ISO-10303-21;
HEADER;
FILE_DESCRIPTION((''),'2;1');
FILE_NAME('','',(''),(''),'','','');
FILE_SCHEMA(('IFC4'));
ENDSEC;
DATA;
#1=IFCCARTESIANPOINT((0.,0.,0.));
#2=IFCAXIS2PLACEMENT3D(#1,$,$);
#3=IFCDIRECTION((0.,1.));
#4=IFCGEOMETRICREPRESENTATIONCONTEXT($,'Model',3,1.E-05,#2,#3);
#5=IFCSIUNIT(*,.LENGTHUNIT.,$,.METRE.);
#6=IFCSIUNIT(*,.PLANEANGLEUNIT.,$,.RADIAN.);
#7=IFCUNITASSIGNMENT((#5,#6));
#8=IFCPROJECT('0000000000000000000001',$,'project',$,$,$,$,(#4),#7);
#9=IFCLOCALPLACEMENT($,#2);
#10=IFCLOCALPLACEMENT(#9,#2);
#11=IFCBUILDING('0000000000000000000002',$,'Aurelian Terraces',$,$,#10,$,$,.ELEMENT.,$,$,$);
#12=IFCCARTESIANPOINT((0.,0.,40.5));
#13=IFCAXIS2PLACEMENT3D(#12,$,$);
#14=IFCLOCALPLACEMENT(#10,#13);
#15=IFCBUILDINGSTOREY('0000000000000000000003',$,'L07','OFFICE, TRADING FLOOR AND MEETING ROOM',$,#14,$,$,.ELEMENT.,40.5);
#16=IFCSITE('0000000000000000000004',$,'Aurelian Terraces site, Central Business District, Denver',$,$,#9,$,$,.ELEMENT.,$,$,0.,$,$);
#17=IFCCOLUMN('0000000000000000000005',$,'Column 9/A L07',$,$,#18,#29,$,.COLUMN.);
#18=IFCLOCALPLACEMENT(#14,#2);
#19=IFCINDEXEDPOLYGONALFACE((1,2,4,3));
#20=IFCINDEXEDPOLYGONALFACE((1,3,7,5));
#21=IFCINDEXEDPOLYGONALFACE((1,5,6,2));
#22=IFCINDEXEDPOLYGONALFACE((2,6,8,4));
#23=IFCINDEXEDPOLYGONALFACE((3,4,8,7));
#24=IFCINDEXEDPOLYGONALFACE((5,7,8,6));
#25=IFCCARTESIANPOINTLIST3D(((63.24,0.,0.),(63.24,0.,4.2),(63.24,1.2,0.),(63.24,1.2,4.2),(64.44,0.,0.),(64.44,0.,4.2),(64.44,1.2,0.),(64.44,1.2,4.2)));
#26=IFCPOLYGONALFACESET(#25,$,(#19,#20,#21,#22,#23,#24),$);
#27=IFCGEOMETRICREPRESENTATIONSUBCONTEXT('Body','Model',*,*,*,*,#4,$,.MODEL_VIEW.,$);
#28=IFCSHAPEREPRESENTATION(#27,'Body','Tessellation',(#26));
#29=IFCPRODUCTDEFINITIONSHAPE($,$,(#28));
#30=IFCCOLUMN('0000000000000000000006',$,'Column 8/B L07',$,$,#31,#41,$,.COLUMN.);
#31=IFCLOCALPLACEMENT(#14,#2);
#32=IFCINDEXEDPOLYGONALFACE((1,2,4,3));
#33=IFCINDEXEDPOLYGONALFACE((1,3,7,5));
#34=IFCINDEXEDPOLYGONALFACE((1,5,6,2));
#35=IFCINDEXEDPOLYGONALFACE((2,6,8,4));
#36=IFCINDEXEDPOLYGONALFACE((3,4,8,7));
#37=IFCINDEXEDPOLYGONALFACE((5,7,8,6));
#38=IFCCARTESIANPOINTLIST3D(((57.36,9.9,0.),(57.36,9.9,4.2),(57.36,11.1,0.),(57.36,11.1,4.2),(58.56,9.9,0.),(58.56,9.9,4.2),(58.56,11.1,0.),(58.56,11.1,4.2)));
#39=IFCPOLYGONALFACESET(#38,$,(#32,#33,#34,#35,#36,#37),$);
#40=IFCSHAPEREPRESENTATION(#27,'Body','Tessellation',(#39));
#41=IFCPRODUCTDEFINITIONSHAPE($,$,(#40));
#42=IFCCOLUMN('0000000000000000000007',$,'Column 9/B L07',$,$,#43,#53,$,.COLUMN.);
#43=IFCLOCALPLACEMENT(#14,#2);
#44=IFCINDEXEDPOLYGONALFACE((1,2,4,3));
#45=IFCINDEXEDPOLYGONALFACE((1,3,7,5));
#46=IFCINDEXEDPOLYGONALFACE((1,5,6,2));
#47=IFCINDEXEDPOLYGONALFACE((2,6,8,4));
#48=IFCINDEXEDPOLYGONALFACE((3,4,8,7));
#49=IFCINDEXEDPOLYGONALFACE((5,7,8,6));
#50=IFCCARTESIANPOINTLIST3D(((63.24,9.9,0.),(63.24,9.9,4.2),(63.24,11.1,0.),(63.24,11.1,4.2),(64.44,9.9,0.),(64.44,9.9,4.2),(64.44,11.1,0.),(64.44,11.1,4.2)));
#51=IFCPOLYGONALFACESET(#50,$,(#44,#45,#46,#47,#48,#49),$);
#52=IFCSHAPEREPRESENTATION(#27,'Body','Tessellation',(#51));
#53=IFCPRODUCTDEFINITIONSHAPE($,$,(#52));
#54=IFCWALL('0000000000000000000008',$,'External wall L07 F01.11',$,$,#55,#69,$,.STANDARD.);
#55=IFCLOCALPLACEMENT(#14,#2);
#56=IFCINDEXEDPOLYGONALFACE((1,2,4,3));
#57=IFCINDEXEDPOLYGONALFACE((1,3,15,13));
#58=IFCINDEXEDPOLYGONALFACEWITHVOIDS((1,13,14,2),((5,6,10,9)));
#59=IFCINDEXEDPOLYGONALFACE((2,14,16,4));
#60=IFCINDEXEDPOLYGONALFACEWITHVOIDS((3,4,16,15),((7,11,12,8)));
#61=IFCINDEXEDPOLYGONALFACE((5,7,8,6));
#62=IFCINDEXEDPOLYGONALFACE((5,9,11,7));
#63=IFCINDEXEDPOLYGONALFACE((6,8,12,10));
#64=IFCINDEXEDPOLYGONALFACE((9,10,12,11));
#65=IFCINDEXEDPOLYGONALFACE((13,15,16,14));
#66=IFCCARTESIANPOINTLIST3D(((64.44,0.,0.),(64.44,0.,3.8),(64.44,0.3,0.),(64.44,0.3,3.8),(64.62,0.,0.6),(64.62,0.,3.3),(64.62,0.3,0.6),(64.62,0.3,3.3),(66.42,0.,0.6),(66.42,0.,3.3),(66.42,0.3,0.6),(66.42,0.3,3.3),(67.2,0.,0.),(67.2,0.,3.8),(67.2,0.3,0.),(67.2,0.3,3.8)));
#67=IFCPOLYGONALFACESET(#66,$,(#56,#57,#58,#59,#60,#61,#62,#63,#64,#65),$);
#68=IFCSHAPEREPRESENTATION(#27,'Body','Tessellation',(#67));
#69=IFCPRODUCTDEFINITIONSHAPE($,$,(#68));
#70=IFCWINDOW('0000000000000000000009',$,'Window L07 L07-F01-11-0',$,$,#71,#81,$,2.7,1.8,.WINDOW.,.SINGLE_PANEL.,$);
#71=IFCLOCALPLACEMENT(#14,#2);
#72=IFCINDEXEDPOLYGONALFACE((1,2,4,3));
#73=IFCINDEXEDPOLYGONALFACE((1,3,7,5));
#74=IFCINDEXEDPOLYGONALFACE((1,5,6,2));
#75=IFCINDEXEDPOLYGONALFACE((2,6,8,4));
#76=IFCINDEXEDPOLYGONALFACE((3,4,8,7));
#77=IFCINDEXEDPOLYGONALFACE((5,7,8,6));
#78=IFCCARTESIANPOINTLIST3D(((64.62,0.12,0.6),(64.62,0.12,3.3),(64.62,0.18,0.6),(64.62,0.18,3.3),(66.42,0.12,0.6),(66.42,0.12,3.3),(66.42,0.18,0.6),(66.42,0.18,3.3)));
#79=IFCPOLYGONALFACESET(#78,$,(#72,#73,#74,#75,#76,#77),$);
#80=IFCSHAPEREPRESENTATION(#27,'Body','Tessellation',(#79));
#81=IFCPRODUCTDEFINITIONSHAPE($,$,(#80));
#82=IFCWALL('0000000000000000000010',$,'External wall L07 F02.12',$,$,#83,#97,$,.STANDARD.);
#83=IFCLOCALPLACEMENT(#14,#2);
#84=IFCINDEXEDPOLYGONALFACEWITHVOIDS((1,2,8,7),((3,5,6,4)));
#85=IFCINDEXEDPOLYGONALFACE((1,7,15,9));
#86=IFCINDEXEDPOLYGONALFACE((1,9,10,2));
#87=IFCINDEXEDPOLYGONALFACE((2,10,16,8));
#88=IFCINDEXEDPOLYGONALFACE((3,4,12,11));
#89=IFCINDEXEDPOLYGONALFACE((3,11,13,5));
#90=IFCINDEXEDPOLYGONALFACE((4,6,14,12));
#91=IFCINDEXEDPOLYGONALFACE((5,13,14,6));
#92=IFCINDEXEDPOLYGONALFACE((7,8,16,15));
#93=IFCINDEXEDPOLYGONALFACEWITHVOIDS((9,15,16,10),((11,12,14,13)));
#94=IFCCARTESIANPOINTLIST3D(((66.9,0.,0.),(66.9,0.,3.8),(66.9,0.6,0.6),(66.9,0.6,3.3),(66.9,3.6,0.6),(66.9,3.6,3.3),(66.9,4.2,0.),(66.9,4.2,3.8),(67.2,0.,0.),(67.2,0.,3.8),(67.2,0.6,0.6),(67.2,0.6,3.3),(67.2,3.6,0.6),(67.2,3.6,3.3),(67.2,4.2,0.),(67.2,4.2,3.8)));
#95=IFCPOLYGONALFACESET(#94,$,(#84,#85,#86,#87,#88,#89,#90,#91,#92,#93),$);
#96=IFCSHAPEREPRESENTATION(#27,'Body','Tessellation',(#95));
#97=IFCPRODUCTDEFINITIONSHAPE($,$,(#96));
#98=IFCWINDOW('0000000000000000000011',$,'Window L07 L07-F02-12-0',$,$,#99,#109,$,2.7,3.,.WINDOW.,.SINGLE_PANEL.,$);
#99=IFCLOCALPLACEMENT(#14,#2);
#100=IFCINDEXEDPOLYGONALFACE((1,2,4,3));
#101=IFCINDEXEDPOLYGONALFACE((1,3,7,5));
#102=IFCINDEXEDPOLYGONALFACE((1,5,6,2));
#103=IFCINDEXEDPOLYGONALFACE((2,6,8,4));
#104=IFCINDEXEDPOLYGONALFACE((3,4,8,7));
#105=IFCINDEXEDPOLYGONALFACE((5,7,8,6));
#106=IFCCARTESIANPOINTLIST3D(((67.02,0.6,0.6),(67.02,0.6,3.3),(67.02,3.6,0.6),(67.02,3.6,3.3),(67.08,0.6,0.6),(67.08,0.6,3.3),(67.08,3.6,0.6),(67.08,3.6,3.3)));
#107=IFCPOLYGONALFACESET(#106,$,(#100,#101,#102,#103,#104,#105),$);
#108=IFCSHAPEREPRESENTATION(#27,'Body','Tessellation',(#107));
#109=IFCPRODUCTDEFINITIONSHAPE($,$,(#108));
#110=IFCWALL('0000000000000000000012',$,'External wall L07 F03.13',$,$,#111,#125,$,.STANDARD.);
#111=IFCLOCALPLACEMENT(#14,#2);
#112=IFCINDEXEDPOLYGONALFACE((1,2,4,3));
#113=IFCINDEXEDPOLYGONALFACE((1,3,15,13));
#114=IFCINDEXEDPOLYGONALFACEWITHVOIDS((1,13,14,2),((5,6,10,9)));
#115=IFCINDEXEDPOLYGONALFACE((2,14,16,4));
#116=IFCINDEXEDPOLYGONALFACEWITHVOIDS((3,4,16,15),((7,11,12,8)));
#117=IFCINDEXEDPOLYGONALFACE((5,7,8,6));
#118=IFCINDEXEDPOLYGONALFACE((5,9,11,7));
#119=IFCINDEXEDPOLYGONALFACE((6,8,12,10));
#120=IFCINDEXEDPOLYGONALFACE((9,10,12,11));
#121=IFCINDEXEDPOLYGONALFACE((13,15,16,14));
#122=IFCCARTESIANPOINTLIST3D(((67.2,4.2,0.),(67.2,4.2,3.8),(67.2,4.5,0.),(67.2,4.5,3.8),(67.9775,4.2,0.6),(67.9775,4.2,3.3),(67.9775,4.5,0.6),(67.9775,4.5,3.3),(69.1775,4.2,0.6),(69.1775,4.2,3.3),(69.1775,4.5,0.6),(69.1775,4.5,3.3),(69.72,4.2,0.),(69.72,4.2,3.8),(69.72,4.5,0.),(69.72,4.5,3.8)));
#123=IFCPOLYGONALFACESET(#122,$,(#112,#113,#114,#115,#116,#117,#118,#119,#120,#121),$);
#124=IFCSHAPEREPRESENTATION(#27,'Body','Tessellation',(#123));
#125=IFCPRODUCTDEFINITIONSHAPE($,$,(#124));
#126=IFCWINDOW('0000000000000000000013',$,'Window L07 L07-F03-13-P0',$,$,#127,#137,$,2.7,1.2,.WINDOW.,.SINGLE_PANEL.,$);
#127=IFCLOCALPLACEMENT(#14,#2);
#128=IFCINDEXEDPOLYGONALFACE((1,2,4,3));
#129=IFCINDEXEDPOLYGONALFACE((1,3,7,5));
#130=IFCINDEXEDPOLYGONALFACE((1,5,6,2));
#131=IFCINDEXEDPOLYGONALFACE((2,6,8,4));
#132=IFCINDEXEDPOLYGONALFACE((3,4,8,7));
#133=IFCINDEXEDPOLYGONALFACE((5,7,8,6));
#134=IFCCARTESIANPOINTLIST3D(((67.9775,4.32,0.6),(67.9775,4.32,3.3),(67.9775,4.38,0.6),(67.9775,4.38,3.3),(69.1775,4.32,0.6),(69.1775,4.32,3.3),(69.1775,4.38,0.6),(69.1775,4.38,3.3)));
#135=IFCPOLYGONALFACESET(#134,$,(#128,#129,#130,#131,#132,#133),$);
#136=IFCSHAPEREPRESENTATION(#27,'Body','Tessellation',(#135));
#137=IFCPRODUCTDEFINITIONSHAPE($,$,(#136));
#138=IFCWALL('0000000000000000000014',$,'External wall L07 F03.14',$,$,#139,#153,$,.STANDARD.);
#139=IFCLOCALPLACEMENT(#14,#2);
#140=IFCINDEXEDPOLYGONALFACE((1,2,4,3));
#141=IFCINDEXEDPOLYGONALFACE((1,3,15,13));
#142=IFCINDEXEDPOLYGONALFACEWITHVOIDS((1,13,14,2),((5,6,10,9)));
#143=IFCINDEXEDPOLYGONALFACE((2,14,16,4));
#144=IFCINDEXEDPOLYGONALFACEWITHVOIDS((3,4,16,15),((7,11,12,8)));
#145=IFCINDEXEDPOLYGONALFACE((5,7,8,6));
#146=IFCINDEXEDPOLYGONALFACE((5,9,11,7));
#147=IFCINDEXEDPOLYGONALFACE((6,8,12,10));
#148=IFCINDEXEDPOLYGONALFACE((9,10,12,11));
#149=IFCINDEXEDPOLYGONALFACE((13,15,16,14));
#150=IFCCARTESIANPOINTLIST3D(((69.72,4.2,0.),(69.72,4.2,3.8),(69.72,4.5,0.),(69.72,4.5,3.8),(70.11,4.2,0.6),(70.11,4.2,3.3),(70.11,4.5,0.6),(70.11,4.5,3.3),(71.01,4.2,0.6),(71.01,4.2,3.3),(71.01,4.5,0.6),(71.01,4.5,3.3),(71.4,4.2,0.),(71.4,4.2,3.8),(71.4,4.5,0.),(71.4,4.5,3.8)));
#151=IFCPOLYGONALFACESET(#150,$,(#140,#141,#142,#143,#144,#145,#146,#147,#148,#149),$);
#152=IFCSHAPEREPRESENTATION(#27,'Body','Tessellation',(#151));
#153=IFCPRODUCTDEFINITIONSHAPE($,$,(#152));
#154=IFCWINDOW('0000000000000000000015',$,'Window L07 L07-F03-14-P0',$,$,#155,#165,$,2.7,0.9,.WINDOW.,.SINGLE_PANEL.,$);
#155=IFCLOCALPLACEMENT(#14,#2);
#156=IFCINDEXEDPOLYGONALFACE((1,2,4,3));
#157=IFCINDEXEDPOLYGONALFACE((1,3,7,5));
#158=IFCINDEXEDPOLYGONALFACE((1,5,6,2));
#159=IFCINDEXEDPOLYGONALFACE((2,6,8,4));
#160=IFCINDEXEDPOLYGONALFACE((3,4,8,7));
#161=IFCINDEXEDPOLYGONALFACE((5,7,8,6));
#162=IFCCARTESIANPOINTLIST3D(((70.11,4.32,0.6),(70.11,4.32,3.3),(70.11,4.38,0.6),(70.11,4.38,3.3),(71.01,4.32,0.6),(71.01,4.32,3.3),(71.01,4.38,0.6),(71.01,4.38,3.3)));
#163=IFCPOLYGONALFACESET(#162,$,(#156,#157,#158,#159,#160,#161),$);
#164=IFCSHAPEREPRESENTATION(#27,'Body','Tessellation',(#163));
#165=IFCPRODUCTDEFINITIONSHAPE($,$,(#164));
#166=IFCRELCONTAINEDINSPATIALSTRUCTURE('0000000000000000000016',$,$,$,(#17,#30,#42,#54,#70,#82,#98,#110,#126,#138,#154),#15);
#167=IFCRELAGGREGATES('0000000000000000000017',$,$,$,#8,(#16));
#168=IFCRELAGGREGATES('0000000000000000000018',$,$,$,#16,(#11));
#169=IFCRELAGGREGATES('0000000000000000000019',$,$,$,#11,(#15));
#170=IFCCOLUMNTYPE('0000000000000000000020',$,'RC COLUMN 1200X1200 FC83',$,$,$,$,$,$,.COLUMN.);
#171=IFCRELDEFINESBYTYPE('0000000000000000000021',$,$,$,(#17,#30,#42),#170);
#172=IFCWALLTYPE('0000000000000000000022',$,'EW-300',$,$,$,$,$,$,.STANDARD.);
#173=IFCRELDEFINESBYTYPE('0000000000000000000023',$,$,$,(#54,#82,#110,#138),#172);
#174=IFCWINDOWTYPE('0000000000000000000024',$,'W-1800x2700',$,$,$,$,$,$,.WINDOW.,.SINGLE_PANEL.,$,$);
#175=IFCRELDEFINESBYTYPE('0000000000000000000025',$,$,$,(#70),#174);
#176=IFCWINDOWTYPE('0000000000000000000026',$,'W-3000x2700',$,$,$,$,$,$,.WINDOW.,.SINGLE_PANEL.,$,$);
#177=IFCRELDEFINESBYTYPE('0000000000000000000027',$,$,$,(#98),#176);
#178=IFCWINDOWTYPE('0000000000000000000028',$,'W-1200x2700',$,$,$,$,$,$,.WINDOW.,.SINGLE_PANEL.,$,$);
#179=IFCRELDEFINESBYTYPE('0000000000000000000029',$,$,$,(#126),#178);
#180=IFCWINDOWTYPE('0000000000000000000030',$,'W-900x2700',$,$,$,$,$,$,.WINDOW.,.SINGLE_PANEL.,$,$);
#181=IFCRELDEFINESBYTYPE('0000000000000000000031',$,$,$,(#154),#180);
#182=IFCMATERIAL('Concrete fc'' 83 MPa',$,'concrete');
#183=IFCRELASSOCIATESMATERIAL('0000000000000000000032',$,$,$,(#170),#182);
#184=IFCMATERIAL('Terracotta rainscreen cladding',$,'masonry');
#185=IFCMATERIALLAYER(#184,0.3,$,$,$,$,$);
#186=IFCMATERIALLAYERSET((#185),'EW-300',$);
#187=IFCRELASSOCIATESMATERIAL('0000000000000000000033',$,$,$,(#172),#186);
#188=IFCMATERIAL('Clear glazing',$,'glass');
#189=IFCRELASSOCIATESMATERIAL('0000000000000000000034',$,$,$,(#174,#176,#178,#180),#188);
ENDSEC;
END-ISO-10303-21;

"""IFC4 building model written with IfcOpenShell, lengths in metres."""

from ifc_helpers import new_model, si_unit, direction, frame, frame_2d, origin, origin_2d, place, context, subcontext, project, spatial, rectangle, extrude, source, transform, mapped, material, layer, layer_set, material_profile, profile_set, type_object, element, fill, save


model = new_model("IFC4")

# Units and contexts
model_context = context("Model", 3, precision=1e-05, world=origin(), true_north=direction((0.0, 1.0)))
body_context = subcontext(model_context, "Body", "Model", "MODEL_VIEW")
ifc_project = project(units=[si_unit("LENGTHUNIT", "METRE"), si_unit("PLANEANGLEUNIT", "RADIAN")], contexts=[model_context])

# Site, building, storey
site_placement = place(None, origin())
site = spatial("IfcSite", under=ifc_project, at=site_placement, Name="Aurelian Terraces site, Central Business District, Denver", CompositionType="ELEMENT", RefElevation=0.0)
building_placement = place(site_placement, origin())
building = spatial("IfcBuilding", under=site, at=building_placement, Name="Aurelian Terraces", CompositionType="ELEMENT")
storey_placement = place(building_placement, frame((0.0, 0.0, 40.5)))
storey = spatial("IfcBuildingStorey", under=building, at=storey_placement, Name="L07", Description="OFFICE, TRADING FLOOR AND MEETING ROOM", CompositionType="ELEMENT", Elevation=40.5)

# Columns
ifc_material_1 = material(Name="Concrete fc' 83 MPa", Category="concrete")
ifc_material_profile = material_profile(ifc_material_1, rectangle(XDim=1.2, YDim=1.2, at=origin_2d()))
ifc_profile_set = profile_set([ifc_material_profile], Name="Concrete fc' 83 MPa")
column_type = type_object("IfcColumnType", Name="RC COLUMN 1200X1200 FC83", PredefinedType="COLUMN", material=ifc_profile_set)
shared_shape_1 = source(origin(), body_context, "Body", "SweptSolid", [
    extrude(rectangle(XDim=1.2, YDim=1.2, at=origin_2d()), origin(), (0.0, 0.0, 1.0), 4.2),
])
for number, where, z_axis, x_axis, name in (
    (1, (63.84, 0.6, 0.0), (0.0, 0.0, 1.0), (1.0, 0.0, 0.0), "Column 9/A L07"),
    (2, (57.96, 10.5, 0.0), (0.0, 0.0, 1.0), (1.0, 0.0, 0.0), "Column 8/B L07"),
    (3, (63.84, 10.5, 0.0), (0.0, 0.0, 1.0), (1.0, 0.0, 0.0), "Column 9/B L07"),
):
    element("IfcColumn", number, at=place(storey_placement, frame(where, z_axis=z_axis, x_axis=x_axis)), inside=storey, type_object=column_type, Name=name, PredefinedType="COLUMN", context=body_context, shape_type="MappedRepresentation", body=[
        mapped(shared_shape_1, transform((0.0, 0.0, 0.0), scale=1.0)),
    ])

# Walls, openings, windows
ifc_material_2 = material(Name="Terracotta rainscreen cladding", Category="masonry")
ifc_layer_1 = layer(ifc_material_2, 0.3)
ifc_layer_set_1 = layer_set([ifc_layer_1], Name="EW-300")
wall_type_1 = type_object("IfcWallType", Name="EW-300", PredefinedType="STANDARD", material=ifc_layer_set_1)
wall_1_placement = place(storey_placement, frame((64.44, 0.15, 0.0), z_axis=(0.0, 0.0, 1.0), x_axis=(1.0, 0.0, 0.0)))
wall_1 = element("IfcWall", 4, at=wall_1_placement, inside=storey, type_object=wall_type_1, Name="External wall L07 F01.11", PredefinedType="STANDARD", context=body_context, shape_type="SweptSolid", body=[
    extrude(rectangle(XDim=2.76, YDim=0.3, at=frame_2d((1.38, 0.0))), origin(), (0.0, 0.0, 1.0), 3.8),
])
shared_shape_2 = source(origin(), body_context, "Body", "SweptSolid", [
    extrude(rectangle(XDim=1.8, YDim=2.7, at=frame_2d((0.9, 1.35))), frame((0.0, 0.16, 0.0), z_axis=(0.0, -1.0, 0.0), x_axis=(1.0, 0.0, 0.0)), (0.0, 0.0, 1.0), 0.32),
])
opening_1_placement = place(wall_1_placement, frame((0.18, 0.0, 0.6)))
opening_1 = element("IfcOpeningElement", 5, at=opening_1_placement, cuts=wall_1, PredefinedType="OPENING", context=body_context, shape_type="MappedRepresentation", body=[
    mapped(shared_shape_2, transform((0.0, 0.0, 0.0), scale=1.0)),
])
ifc_material_3 = material(Name="Clear glazing", Category="glass")
window_type_1 = type_object("IfcWindowType", Name="W-1800x2700", PartitioningType="SINGLE_PANEL", PredefinedType="WINDOW", material=ifc_material_3)
shared_shape_3 = source(origin(), body_context, "Body", "SweptSolid", [
    extrude(rectangle(XDim=1.8, YDim=2.7, at=frame_2d((0.9, 1.35))), frame((0.0, 0.03, 0.0), z_axis=(0.0, -1.0, 0.0), x_axis=(1.0, 0.0, 0.0)), (0.0, 0.0, 1.0), 0.06),
])
window_1_placement = place(opening_1_placement, origin())
window_1 = element("IfcWindow", 6, at=window_1_placement, inside=storey, type_object=window_type_1, Name="Window L07 L07-F01-11-0", OverallHeight=2.7, OverallWidth=1.8, PartitioningType="SINGLE_PANEL", PredefinedType="WINDOW", context=body_context, shape_type="MappedRepresentation", body=[
    mapped(shared_shape_3, transform((0.0, 0.0, 0.0), scale=1.0)),
])
fill(opening_1, window_1)
wall_2_placement = place(storey_placement, frame((67.05, 0.0, 0.0), z_axis=(0.0, 0.0, 1.0), x_axis=(0.0, 1.0, 0.0)))
wall_2 = element("IfcWall", 7, at=wall_2_placement, inside=storey, type_object=wall_type_1, Name="External wall L07 F02.12", PredefinedType="STANDARD", context=body_context, shape_type="SweptSolid", body=[
    extrude(rectangle(XDim=4.2, YDim=0.3, at=frame_2d((2.1, 0.0))), origin(), (0.0, 0.0, 1.0), 3.8),
])
opening_2_placement = place(wall_2_placement, frame((0.6, 0.0, 0.6)))
opening_2 = element("IfcOpeningElement", 8, at=opening_2_placement, cuts=wall_2, PredefinedType="OPENING", context=body_context, shape_type="SweptSolid", body=[
    extrude(rectangle(XDim=3.0, YDim=2.7, at=frame_2d((1.5, 1.35))), frame((0.0, 0.16, 0.0), z_axis=(0.0, -1.0, 0.0), x_axis=(1.0, 0.0, 0.0)), (0.0, 0.0, 1.0), 0.32),
])
window_type_2 = type_object("IfcWindowType", Name="W-3000x2700", PartitioningType="SINGLE_PANEL", PredefinedType="WINDOW", material=ifc_material_3)
window_2_placement = place(opening_2_placement, origin())
window_2 = element("IfcWindow", 9, at=window_2_placement, inside=storey, type_object=window_type_2, Name="Window L07 L07-F02-12-0", OverallHeight=2.7, OverallWidth=3.0, PartitioningType="SINGLE_PANEL", PredefinedType="WINDOW", context=body_context, shape_type="SweptSolid", body=[
    extrude(rectangle(XDim=3.0, YDim=2.7, at=frame_2d((1.5, 1.35))), frame((0.0, 0.03, 0.0), z_axis=(0.0, -1.0, 0.0), x_axis=(1.0, 0.0, 0.0)), (0.0, 0.0, 1.0), 0.06),
])
fill(opening_2, window_2)
wall_3_placement = place(storey_placement, frame((67.2, 4.35, 0.0), z_axis=(0.0, 0.0, 1.0), x_axis=(1.0, 0.0, 0.0)))
wall_3 = element("IfcWall", 10, at=wall_3_placement, inside=storey, type_object=wall_type_1, Name="External wall L07 F03.13", PredefinedType="STANDARD", context=body_context, shape_type="SweptSolid", body=[
    extrude(rectangle(XDim=2.52, YDim=0.3, at=frame_2d((1.26, 0.0))), origin(), (0.0, 0.0, 1.0), 3.8),
])
shared_shape_4 = source(origin(), body_context, "Body", "SweptSolid", [
    extrude(rectangle(XDim=1.2, YDim=2.7, at=frame_2d((0.6, 1.35))), frame((0.0, 0.16, 0.0), z_axis=(0.0, -1.0, 0.0), x_axis=(1.0, 0.0, 0.0)), (0.0, 0.0, 1.0), 0.32),
])
opening_3_placement = place(wall_3_placement, frame((0.7775, 0.0, 0.6)))
opening_3 = element("IfcOpeningElement", 11, at=opening_3_placement, cuts=wall_3, PredefinedType="OPENING", context=body_context, shape_type="MappedRepresentation", body=[
    mapped(shared_shape_4, transform((0.0, 0.0, 0.0), scale=1.0)),
])
window_type_3 = type_object("IfcWindowType", Name="W-1200x2700", PartitioningType="SINGLE_PANEL", PredefinedType="WINDOW", material=ifc_material_3)
shared_shape_5 = source(origin(), body_context, "Body", "SweptSolid", [
    extrude(rectangle(XDim=1.2, YDim=2.7, at=frame_2d((0.6, 1.35))), frame((0.0, 0.03, 0.0), z_axis=(0.0, -1.0, 0.0), x_axis=(1.0, 0.0, 0.0)), (0.0, 0.0, 1.0), 0.06),
])
window_3_placement = place(opening_3_placement, origin())
window_3 = element("IfcWindow", 12, at=window_3_placement, inside=storey, type_object=window_type_3, Name="Window L07 L07-F03-13-P0", OverallHeight=2.7, OverallWidth=1.2, PartitioningType="SINGLE_PANEL", PredefinedType="WINDOW", context=body_context, shape_type="MappedRepresentation", body=[
    mapped(shared_shape_5, transform((0.0, 0.0, 0.0), scale=1.0)),
])
fill(opening_3, window_3)
wall_4_placement = place(storey_placement, frame((69.72, 4.35, 0.0), z_axis=(0.0, 0.0, 1.0), x_axis=(1.0, 0.0, 0.0)))
wall_4 = element("IfcWall", 13, at=wall_4_placement, inside=storey, type_object=wall_type_1, Name="External wall L07 F03.14", PredefinedType="STANDARD", context=body_context, shape_type="SweptSolid", body=[
    extrude(rectangle(XDim=1.68, YDim=0.3, at=frame_2d((0.84, 0.0))), origin(), (0.0, 0.0, 1.0), 3.8),
])
shared_shape_6 = source(origin(), body_context, "Body", "SweptSolid", [
    extrude(rectangle(XDim=0.9, YDim=2.7, at=frame_2d((0.45, 1.35))), frame((0.0, 0.16, 0.0), z_axis=(0.0, -1.0, 0.0), x_axis=(1.0, 0.0, 0.0)), (0.0, 0.0, 1.0), 0.32),
])
opening_4_placement = place(wall_4_placement, frame((0.39, 0.0, 0.6)))
opening_4 = element("IfcOpeningElement", 14, at=opening_4_placement, cuts=wall_4, PredefinedType="OPENING", context=body_context, shape_type="MappedRepresentation", body=[
    mapped(shared_shape_6, transform((0.0, 0.0, 0.0), scale=1.0)),
])
window_type_4 = type_object("IfcWindowType", Name="W-900x2700", PartitioningType="SINGLE_PANEL", PredefinedType="WINDOW", material=ifc_material_3)
shared_shape_7 = source(origin(), body_context, "Body", "SweptSolid", [
    extrude(rectangle(XDim=0.9, YDim=2.7, at=frame_2d((0.45, 1.35))), frame((0.0, 0.03, 0.0), z_axis=(0.0, -1.0, 0.0), x_axis=(1.0, 0.0, 0.0)), (0.0, 0.0, 1.0), 0.06),
])
window_4_placement = place(opening_4_placement, origin())
window_4 = element("IfcWindow", 15, at=window_4_placement, inside=storey, type_object=window_type_4, Name="Window L07 L07-F03-14-P0", OverallHeight=2.7, OverallWidth=0.9, PartitioningType="SINGLE_PANEL", PredefinedType="WINDOW", context=body_context, shape_type="MappedRepresentation", body=[
    mapped(shared_shape_7, transform((0.0, 0.0, 0.0), scale=1.0)),
])
fill(opening_4, window_4)

save(model, "model.ifc")
